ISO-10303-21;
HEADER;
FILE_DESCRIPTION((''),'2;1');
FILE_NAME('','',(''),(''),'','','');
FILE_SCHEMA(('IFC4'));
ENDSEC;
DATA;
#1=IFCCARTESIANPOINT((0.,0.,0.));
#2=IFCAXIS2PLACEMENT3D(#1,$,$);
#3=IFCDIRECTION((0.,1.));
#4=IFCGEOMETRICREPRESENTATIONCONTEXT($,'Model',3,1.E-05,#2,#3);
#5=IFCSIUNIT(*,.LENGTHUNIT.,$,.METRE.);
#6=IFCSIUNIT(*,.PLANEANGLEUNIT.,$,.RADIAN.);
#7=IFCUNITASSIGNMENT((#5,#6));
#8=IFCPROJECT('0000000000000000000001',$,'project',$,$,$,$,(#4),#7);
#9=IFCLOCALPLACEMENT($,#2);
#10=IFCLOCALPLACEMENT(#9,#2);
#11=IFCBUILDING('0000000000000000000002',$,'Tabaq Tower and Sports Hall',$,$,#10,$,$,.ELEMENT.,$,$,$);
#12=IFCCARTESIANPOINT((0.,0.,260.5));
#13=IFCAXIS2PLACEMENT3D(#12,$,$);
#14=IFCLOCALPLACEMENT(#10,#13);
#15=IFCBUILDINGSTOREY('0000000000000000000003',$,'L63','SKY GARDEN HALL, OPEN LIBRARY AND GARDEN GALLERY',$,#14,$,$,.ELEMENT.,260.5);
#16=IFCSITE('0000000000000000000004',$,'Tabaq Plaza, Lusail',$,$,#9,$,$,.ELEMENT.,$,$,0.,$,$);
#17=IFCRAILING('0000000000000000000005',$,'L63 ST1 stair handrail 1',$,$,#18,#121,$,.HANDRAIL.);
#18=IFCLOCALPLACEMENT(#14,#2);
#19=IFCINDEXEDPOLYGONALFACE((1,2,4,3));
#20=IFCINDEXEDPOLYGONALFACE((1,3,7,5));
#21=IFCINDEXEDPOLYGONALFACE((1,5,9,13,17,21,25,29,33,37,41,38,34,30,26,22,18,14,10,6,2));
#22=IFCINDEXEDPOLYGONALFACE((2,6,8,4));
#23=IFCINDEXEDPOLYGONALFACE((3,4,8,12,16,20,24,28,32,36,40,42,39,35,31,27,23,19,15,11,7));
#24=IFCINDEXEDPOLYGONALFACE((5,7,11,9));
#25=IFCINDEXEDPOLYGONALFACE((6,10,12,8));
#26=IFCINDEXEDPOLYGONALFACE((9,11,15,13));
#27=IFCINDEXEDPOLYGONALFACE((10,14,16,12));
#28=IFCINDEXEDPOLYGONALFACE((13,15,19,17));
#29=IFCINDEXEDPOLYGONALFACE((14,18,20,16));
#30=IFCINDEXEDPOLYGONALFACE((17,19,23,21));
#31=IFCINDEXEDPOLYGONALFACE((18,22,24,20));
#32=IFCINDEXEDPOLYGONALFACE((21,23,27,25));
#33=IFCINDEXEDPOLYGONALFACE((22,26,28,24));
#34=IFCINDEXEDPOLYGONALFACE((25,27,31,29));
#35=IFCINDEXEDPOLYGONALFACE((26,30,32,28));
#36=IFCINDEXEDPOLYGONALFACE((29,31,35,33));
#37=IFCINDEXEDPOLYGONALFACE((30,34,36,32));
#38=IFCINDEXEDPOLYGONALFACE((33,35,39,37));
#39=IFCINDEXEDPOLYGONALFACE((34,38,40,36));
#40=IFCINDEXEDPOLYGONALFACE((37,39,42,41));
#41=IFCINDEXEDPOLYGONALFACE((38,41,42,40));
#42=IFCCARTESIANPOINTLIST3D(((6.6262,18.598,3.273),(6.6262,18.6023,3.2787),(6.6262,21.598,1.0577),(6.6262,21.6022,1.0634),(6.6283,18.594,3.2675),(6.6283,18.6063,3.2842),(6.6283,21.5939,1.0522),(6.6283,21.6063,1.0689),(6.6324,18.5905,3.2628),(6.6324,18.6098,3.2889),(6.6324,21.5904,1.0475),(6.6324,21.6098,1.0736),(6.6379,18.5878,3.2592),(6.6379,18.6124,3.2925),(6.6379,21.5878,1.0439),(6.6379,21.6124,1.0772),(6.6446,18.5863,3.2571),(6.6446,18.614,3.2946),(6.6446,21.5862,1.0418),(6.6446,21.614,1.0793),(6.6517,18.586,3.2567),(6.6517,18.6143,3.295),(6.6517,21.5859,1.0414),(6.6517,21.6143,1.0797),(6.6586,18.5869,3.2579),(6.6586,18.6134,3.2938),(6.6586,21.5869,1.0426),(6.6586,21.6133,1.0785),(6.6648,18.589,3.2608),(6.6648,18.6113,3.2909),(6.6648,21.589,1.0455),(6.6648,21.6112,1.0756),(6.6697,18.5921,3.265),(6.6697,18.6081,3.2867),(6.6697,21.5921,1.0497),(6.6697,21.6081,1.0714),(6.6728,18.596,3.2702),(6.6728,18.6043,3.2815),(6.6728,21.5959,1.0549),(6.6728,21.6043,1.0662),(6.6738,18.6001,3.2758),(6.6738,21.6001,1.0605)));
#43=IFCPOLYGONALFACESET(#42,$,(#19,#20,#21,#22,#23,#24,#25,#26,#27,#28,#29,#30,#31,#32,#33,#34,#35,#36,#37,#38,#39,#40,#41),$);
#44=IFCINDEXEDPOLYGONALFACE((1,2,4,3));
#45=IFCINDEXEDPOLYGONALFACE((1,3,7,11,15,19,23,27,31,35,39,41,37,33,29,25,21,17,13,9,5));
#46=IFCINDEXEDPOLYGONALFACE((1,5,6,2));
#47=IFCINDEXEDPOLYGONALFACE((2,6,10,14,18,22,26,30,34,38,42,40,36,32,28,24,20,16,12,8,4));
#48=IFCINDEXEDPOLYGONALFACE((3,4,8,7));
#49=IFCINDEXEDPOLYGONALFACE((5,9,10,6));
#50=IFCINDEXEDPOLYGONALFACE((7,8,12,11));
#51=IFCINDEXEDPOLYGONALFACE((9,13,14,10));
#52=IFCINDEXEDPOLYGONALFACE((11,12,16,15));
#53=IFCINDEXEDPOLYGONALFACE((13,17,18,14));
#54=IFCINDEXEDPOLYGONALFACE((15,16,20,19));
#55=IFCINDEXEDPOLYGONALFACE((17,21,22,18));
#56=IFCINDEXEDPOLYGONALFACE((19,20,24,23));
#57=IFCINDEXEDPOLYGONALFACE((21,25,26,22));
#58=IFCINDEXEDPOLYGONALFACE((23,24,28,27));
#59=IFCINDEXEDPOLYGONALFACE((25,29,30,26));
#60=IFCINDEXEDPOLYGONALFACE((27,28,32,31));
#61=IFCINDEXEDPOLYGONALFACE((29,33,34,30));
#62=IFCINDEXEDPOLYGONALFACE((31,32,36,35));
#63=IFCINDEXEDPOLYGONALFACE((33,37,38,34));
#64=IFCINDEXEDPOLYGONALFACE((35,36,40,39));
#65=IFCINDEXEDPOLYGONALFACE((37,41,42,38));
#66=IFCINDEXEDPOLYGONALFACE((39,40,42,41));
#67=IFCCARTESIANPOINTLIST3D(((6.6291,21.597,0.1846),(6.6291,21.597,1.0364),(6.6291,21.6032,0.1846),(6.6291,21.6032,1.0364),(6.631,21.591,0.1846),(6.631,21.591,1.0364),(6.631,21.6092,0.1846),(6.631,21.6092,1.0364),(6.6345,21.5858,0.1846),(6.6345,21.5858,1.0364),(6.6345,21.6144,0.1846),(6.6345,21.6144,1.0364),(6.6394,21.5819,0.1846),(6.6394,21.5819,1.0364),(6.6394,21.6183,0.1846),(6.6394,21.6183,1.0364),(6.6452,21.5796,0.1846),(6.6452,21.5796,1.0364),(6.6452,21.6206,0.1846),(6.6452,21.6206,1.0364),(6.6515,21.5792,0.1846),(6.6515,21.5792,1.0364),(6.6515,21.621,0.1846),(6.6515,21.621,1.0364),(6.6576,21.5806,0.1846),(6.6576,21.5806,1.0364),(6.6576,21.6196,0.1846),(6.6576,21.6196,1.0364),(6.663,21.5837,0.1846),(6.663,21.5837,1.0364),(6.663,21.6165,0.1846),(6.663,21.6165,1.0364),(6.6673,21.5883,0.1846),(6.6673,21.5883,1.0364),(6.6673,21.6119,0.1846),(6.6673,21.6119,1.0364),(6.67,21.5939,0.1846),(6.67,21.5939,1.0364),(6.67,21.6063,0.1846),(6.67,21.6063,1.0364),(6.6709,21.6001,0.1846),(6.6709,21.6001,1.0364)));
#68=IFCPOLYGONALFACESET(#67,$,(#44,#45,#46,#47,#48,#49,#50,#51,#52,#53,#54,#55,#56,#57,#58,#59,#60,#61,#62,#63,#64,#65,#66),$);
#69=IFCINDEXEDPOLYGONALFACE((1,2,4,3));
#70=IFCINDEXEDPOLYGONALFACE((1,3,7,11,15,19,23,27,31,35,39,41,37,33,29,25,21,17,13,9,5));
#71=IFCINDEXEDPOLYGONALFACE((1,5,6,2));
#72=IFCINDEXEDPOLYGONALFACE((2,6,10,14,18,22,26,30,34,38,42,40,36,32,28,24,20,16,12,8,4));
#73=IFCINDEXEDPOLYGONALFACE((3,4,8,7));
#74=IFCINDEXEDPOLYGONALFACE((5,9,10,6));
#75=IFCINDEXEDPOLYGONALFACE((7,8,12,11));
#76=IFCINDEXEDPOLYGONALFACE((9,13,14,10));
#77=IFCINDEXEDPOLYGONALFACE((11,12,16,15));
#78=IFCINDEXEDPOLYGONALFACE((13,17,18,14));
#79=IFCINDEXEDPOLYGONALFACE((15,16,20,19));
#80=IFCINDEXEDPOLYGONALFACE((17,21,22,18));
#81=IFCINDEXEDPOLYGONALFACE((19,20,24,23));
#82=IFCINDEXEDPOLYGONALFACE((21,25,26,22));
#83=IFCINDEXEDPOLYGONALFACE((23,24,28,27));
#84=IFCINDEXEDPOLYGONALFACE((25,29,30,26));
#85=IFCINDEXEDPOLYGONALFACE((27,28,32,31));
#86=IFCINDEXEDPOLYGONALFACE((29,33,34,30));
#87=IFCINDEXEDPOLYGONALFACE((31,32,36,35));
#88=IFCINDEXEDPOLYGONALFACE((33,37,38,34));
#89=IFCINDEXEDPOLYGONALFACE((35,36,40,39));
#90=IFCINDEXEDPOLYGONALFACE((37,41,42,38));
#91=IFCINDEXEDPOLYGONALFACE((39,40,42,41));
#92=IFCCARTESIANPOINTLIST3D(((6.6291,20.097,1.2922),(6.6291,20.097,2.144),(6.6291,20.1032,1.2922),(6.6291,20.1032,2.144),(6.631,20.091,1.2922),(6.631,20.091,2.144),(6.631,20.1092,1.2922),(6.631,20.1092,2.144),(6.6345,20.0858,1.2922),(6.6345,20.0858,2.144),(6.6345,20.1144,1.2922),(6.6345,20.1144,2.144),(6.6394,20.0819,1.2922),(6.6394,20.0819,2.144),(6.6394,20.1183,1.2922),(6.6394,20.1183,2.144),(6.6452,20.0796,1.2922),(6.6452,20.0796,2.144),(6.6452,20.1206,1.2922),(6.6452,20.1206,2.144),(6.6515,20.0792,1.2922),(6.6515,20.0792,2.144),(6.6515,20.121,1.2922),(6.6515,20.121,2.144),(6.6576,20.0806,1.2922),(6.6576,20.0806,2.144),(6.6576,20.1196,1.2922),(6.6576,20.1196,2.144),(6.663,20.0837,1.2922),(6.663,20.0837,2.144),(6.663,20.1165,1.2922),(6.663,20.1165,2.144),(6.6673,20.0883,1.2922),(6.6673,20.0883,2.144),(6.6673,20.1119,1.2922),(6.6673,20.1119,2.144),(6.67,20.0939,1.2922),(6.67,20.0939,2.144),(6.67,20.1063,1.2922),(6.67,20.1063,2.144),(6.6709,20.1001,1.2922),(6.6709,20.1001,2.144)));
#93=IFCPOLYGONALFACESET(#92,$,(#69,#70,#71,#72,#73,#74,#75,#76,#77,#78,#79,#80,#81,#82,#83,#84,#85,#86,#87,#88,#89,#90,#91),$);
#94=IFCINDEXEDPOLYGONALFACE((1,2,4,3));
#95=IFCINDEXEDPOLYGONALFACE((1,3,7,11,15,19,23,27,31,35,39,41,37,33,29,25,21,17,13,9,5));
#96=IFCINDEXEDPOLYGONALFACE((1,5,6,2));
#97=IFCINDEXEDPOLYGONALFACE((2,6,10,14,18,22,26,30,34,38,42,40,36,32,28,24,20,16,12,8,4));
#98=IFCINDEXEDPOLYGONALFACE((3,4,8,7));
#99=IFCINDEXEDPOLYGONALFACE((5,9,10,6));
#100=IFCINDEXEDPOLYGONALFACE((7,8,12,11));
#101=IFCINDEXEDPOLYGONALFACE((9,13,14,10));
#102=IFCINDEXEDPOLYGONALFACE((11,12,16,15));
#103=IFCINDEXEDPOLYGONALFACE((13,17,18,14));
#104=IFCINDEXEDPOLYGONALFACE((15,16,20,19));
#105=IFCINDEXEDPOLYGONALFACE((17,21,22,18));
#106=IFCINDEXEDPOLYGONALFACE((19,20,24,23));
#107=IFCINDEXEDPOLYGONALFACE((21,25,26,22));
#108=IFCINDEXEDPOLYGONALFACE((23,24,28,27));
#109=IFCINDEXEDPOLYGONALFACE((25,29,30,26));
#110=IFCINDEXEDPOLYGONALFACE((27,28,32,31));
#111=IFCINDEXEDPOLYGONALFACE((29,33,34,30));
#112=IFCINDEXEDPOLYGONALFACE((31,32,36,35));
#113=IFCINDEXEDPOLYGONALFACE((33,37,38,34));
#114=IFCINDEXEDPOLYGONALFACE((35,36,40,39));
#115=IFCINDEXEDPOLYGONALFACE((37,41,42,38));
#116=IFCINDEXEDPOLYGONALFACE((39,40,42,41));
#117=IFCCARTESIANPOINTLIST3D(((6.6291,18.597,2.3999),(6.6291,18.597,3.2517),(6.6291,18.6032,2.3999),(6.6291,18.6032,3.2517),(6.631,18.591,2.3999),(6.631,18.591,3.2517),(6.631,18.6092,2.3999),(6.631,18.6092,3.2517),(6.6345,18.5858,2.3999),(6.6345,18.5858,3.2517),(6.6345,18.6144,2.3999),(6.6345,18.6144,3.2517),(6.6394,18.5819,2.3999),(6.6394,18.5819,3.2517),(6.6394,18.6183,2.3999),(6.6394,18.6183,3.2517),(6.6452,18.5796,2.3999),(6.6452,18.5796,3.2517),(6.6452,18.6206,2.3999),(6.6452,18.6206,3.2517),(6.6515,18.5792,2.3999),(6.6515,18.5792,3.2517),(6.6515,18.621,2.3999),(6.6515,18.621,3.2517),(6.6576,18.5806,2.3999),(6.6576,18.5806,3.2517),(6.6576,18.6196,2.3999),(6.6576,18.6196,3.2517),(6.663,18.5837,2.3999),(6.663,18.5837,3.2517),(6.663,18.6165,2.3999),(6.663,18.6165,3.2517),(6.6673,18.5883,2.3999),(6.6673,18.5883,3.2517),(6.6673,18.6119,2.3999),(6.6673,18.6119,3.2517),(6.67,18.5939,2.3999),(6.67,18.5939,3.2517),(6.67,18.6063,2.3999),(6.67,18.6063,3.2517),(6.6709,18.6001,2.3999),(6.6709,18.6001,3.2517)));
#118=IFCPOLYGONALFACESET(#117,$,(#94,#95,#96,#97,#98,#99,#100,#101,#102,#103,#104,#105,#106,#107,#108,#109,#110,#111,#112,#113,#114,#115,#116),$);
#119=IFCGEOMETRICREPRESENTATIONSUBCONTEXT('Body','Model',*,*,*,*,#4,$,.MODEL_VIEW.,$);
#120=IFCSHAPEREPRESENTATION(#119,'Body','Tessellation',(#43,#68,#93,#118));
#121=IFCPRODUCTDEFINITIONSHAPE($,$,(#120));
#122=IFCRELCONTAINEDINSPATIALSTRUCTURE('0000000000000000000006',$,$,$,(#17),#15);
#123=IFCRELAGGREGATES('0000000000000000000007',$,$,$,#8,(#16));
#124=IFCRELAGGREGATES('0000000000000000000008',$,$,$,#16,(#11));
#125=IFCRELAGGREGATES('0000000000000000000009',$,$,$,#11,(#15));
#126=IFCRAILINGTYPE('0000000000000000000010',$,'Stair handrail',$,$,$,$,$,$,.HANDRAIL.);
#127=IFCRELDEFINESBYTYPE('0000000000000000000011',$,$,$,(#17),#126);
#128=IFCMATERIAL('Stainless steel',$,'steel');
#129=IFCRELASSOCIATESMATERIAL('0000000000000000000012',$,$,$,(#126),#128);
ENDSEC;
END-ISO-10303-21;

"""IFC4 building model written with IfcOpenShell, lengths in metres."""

from ifc_helpers import new_model, si_unit, direction, frame, origin, origin_2d, place, context, subcontext, project, spatial, circle, extrude, material, type_object, element, save


model = new_model("IFC4")

# Units and contexts
model_context = context("Model", 3, precision=1e-05, world=origin(), true_north=direction((0.0, 1.0)))
body_context = subcontext(model_context, "Body", "Model", "MODEL_VIEW")
ifc_project = project(units=[si_unit("LENGTHUNIT", "METRE"), si_unit("PLANEANGLEUNIT", "RADIAN")], contexts=[model_context])

# Site, building, storey
site_placement = place(None, origin())
site = spatial("IfcSite", under=ifc_project, at=site_placement, Name="Tabaq Plaza, Lusail", CompositionType="ELEMENT", RefElevation=0.0)
building_placement = place(site_placement, origin())
building = spatial("IfcBuilding", under=site, at=building_placement, Name="Tabaq Tower and Sports Hall", CompositionType="ELEMENT")
storey_placement = place(building_placement, frame((0.0, 0.0, 260.5)))
storey = spatial("IfcBuildingStorey", under=building, at=storey_placement, Name="L63", Description="SKY GARDEN HALL, OPEN LIBRARY AND GARDEN GALLERY", CompositionType="ELEMENT", Elevation=260.5)

# Railing
ifc_material_1 = material(Name="Stainless steel", Category="steel")
railing_type_1 = type_object("IfcRailingType", Name="Stair handrail", PredefinedType="HANDRAIL", material=ifc_material_1)
railing_1_placement = place(storey_placement, frame((6.6499, 21.6001, 0.1846)))
element("IfcRailing", 1, at=railing_1_placement, inside=storey, type_object=railing_type_1, Name="L63 ST1 stair handrail 1", PredefinedType="HANDRAIL", context=body_context, shape_type="SweptSolid", body=[
    extrude(circle(Radius=0.0239, at=origin_2d()), frame((0.0, 0.0, 0.876), z_axis=(0.0, -0.80444, 0.594034), x_axis=(1.0, 0.0, 0.0)), (0.0, 0.0, 1.0), 3.7292),
    extrude(circle(Radius=0.021, at=origin_2d()), origin(), (0.0, 0.0, 1.0), 0.8518),
    extrude(circle(Radius=0.021, at=origin_2d()), frame((0.0, -1.5, 1.1077)), (0.0, 0.0, 1.0), 0.8518),
    extrude(circle(Radius=0.021, at=origin_2d()), frame((0.0, -3.0, 2.2153)), (0.0, 0.0, 1.0), 0.8518),
])

save(model, "model.ifc")
